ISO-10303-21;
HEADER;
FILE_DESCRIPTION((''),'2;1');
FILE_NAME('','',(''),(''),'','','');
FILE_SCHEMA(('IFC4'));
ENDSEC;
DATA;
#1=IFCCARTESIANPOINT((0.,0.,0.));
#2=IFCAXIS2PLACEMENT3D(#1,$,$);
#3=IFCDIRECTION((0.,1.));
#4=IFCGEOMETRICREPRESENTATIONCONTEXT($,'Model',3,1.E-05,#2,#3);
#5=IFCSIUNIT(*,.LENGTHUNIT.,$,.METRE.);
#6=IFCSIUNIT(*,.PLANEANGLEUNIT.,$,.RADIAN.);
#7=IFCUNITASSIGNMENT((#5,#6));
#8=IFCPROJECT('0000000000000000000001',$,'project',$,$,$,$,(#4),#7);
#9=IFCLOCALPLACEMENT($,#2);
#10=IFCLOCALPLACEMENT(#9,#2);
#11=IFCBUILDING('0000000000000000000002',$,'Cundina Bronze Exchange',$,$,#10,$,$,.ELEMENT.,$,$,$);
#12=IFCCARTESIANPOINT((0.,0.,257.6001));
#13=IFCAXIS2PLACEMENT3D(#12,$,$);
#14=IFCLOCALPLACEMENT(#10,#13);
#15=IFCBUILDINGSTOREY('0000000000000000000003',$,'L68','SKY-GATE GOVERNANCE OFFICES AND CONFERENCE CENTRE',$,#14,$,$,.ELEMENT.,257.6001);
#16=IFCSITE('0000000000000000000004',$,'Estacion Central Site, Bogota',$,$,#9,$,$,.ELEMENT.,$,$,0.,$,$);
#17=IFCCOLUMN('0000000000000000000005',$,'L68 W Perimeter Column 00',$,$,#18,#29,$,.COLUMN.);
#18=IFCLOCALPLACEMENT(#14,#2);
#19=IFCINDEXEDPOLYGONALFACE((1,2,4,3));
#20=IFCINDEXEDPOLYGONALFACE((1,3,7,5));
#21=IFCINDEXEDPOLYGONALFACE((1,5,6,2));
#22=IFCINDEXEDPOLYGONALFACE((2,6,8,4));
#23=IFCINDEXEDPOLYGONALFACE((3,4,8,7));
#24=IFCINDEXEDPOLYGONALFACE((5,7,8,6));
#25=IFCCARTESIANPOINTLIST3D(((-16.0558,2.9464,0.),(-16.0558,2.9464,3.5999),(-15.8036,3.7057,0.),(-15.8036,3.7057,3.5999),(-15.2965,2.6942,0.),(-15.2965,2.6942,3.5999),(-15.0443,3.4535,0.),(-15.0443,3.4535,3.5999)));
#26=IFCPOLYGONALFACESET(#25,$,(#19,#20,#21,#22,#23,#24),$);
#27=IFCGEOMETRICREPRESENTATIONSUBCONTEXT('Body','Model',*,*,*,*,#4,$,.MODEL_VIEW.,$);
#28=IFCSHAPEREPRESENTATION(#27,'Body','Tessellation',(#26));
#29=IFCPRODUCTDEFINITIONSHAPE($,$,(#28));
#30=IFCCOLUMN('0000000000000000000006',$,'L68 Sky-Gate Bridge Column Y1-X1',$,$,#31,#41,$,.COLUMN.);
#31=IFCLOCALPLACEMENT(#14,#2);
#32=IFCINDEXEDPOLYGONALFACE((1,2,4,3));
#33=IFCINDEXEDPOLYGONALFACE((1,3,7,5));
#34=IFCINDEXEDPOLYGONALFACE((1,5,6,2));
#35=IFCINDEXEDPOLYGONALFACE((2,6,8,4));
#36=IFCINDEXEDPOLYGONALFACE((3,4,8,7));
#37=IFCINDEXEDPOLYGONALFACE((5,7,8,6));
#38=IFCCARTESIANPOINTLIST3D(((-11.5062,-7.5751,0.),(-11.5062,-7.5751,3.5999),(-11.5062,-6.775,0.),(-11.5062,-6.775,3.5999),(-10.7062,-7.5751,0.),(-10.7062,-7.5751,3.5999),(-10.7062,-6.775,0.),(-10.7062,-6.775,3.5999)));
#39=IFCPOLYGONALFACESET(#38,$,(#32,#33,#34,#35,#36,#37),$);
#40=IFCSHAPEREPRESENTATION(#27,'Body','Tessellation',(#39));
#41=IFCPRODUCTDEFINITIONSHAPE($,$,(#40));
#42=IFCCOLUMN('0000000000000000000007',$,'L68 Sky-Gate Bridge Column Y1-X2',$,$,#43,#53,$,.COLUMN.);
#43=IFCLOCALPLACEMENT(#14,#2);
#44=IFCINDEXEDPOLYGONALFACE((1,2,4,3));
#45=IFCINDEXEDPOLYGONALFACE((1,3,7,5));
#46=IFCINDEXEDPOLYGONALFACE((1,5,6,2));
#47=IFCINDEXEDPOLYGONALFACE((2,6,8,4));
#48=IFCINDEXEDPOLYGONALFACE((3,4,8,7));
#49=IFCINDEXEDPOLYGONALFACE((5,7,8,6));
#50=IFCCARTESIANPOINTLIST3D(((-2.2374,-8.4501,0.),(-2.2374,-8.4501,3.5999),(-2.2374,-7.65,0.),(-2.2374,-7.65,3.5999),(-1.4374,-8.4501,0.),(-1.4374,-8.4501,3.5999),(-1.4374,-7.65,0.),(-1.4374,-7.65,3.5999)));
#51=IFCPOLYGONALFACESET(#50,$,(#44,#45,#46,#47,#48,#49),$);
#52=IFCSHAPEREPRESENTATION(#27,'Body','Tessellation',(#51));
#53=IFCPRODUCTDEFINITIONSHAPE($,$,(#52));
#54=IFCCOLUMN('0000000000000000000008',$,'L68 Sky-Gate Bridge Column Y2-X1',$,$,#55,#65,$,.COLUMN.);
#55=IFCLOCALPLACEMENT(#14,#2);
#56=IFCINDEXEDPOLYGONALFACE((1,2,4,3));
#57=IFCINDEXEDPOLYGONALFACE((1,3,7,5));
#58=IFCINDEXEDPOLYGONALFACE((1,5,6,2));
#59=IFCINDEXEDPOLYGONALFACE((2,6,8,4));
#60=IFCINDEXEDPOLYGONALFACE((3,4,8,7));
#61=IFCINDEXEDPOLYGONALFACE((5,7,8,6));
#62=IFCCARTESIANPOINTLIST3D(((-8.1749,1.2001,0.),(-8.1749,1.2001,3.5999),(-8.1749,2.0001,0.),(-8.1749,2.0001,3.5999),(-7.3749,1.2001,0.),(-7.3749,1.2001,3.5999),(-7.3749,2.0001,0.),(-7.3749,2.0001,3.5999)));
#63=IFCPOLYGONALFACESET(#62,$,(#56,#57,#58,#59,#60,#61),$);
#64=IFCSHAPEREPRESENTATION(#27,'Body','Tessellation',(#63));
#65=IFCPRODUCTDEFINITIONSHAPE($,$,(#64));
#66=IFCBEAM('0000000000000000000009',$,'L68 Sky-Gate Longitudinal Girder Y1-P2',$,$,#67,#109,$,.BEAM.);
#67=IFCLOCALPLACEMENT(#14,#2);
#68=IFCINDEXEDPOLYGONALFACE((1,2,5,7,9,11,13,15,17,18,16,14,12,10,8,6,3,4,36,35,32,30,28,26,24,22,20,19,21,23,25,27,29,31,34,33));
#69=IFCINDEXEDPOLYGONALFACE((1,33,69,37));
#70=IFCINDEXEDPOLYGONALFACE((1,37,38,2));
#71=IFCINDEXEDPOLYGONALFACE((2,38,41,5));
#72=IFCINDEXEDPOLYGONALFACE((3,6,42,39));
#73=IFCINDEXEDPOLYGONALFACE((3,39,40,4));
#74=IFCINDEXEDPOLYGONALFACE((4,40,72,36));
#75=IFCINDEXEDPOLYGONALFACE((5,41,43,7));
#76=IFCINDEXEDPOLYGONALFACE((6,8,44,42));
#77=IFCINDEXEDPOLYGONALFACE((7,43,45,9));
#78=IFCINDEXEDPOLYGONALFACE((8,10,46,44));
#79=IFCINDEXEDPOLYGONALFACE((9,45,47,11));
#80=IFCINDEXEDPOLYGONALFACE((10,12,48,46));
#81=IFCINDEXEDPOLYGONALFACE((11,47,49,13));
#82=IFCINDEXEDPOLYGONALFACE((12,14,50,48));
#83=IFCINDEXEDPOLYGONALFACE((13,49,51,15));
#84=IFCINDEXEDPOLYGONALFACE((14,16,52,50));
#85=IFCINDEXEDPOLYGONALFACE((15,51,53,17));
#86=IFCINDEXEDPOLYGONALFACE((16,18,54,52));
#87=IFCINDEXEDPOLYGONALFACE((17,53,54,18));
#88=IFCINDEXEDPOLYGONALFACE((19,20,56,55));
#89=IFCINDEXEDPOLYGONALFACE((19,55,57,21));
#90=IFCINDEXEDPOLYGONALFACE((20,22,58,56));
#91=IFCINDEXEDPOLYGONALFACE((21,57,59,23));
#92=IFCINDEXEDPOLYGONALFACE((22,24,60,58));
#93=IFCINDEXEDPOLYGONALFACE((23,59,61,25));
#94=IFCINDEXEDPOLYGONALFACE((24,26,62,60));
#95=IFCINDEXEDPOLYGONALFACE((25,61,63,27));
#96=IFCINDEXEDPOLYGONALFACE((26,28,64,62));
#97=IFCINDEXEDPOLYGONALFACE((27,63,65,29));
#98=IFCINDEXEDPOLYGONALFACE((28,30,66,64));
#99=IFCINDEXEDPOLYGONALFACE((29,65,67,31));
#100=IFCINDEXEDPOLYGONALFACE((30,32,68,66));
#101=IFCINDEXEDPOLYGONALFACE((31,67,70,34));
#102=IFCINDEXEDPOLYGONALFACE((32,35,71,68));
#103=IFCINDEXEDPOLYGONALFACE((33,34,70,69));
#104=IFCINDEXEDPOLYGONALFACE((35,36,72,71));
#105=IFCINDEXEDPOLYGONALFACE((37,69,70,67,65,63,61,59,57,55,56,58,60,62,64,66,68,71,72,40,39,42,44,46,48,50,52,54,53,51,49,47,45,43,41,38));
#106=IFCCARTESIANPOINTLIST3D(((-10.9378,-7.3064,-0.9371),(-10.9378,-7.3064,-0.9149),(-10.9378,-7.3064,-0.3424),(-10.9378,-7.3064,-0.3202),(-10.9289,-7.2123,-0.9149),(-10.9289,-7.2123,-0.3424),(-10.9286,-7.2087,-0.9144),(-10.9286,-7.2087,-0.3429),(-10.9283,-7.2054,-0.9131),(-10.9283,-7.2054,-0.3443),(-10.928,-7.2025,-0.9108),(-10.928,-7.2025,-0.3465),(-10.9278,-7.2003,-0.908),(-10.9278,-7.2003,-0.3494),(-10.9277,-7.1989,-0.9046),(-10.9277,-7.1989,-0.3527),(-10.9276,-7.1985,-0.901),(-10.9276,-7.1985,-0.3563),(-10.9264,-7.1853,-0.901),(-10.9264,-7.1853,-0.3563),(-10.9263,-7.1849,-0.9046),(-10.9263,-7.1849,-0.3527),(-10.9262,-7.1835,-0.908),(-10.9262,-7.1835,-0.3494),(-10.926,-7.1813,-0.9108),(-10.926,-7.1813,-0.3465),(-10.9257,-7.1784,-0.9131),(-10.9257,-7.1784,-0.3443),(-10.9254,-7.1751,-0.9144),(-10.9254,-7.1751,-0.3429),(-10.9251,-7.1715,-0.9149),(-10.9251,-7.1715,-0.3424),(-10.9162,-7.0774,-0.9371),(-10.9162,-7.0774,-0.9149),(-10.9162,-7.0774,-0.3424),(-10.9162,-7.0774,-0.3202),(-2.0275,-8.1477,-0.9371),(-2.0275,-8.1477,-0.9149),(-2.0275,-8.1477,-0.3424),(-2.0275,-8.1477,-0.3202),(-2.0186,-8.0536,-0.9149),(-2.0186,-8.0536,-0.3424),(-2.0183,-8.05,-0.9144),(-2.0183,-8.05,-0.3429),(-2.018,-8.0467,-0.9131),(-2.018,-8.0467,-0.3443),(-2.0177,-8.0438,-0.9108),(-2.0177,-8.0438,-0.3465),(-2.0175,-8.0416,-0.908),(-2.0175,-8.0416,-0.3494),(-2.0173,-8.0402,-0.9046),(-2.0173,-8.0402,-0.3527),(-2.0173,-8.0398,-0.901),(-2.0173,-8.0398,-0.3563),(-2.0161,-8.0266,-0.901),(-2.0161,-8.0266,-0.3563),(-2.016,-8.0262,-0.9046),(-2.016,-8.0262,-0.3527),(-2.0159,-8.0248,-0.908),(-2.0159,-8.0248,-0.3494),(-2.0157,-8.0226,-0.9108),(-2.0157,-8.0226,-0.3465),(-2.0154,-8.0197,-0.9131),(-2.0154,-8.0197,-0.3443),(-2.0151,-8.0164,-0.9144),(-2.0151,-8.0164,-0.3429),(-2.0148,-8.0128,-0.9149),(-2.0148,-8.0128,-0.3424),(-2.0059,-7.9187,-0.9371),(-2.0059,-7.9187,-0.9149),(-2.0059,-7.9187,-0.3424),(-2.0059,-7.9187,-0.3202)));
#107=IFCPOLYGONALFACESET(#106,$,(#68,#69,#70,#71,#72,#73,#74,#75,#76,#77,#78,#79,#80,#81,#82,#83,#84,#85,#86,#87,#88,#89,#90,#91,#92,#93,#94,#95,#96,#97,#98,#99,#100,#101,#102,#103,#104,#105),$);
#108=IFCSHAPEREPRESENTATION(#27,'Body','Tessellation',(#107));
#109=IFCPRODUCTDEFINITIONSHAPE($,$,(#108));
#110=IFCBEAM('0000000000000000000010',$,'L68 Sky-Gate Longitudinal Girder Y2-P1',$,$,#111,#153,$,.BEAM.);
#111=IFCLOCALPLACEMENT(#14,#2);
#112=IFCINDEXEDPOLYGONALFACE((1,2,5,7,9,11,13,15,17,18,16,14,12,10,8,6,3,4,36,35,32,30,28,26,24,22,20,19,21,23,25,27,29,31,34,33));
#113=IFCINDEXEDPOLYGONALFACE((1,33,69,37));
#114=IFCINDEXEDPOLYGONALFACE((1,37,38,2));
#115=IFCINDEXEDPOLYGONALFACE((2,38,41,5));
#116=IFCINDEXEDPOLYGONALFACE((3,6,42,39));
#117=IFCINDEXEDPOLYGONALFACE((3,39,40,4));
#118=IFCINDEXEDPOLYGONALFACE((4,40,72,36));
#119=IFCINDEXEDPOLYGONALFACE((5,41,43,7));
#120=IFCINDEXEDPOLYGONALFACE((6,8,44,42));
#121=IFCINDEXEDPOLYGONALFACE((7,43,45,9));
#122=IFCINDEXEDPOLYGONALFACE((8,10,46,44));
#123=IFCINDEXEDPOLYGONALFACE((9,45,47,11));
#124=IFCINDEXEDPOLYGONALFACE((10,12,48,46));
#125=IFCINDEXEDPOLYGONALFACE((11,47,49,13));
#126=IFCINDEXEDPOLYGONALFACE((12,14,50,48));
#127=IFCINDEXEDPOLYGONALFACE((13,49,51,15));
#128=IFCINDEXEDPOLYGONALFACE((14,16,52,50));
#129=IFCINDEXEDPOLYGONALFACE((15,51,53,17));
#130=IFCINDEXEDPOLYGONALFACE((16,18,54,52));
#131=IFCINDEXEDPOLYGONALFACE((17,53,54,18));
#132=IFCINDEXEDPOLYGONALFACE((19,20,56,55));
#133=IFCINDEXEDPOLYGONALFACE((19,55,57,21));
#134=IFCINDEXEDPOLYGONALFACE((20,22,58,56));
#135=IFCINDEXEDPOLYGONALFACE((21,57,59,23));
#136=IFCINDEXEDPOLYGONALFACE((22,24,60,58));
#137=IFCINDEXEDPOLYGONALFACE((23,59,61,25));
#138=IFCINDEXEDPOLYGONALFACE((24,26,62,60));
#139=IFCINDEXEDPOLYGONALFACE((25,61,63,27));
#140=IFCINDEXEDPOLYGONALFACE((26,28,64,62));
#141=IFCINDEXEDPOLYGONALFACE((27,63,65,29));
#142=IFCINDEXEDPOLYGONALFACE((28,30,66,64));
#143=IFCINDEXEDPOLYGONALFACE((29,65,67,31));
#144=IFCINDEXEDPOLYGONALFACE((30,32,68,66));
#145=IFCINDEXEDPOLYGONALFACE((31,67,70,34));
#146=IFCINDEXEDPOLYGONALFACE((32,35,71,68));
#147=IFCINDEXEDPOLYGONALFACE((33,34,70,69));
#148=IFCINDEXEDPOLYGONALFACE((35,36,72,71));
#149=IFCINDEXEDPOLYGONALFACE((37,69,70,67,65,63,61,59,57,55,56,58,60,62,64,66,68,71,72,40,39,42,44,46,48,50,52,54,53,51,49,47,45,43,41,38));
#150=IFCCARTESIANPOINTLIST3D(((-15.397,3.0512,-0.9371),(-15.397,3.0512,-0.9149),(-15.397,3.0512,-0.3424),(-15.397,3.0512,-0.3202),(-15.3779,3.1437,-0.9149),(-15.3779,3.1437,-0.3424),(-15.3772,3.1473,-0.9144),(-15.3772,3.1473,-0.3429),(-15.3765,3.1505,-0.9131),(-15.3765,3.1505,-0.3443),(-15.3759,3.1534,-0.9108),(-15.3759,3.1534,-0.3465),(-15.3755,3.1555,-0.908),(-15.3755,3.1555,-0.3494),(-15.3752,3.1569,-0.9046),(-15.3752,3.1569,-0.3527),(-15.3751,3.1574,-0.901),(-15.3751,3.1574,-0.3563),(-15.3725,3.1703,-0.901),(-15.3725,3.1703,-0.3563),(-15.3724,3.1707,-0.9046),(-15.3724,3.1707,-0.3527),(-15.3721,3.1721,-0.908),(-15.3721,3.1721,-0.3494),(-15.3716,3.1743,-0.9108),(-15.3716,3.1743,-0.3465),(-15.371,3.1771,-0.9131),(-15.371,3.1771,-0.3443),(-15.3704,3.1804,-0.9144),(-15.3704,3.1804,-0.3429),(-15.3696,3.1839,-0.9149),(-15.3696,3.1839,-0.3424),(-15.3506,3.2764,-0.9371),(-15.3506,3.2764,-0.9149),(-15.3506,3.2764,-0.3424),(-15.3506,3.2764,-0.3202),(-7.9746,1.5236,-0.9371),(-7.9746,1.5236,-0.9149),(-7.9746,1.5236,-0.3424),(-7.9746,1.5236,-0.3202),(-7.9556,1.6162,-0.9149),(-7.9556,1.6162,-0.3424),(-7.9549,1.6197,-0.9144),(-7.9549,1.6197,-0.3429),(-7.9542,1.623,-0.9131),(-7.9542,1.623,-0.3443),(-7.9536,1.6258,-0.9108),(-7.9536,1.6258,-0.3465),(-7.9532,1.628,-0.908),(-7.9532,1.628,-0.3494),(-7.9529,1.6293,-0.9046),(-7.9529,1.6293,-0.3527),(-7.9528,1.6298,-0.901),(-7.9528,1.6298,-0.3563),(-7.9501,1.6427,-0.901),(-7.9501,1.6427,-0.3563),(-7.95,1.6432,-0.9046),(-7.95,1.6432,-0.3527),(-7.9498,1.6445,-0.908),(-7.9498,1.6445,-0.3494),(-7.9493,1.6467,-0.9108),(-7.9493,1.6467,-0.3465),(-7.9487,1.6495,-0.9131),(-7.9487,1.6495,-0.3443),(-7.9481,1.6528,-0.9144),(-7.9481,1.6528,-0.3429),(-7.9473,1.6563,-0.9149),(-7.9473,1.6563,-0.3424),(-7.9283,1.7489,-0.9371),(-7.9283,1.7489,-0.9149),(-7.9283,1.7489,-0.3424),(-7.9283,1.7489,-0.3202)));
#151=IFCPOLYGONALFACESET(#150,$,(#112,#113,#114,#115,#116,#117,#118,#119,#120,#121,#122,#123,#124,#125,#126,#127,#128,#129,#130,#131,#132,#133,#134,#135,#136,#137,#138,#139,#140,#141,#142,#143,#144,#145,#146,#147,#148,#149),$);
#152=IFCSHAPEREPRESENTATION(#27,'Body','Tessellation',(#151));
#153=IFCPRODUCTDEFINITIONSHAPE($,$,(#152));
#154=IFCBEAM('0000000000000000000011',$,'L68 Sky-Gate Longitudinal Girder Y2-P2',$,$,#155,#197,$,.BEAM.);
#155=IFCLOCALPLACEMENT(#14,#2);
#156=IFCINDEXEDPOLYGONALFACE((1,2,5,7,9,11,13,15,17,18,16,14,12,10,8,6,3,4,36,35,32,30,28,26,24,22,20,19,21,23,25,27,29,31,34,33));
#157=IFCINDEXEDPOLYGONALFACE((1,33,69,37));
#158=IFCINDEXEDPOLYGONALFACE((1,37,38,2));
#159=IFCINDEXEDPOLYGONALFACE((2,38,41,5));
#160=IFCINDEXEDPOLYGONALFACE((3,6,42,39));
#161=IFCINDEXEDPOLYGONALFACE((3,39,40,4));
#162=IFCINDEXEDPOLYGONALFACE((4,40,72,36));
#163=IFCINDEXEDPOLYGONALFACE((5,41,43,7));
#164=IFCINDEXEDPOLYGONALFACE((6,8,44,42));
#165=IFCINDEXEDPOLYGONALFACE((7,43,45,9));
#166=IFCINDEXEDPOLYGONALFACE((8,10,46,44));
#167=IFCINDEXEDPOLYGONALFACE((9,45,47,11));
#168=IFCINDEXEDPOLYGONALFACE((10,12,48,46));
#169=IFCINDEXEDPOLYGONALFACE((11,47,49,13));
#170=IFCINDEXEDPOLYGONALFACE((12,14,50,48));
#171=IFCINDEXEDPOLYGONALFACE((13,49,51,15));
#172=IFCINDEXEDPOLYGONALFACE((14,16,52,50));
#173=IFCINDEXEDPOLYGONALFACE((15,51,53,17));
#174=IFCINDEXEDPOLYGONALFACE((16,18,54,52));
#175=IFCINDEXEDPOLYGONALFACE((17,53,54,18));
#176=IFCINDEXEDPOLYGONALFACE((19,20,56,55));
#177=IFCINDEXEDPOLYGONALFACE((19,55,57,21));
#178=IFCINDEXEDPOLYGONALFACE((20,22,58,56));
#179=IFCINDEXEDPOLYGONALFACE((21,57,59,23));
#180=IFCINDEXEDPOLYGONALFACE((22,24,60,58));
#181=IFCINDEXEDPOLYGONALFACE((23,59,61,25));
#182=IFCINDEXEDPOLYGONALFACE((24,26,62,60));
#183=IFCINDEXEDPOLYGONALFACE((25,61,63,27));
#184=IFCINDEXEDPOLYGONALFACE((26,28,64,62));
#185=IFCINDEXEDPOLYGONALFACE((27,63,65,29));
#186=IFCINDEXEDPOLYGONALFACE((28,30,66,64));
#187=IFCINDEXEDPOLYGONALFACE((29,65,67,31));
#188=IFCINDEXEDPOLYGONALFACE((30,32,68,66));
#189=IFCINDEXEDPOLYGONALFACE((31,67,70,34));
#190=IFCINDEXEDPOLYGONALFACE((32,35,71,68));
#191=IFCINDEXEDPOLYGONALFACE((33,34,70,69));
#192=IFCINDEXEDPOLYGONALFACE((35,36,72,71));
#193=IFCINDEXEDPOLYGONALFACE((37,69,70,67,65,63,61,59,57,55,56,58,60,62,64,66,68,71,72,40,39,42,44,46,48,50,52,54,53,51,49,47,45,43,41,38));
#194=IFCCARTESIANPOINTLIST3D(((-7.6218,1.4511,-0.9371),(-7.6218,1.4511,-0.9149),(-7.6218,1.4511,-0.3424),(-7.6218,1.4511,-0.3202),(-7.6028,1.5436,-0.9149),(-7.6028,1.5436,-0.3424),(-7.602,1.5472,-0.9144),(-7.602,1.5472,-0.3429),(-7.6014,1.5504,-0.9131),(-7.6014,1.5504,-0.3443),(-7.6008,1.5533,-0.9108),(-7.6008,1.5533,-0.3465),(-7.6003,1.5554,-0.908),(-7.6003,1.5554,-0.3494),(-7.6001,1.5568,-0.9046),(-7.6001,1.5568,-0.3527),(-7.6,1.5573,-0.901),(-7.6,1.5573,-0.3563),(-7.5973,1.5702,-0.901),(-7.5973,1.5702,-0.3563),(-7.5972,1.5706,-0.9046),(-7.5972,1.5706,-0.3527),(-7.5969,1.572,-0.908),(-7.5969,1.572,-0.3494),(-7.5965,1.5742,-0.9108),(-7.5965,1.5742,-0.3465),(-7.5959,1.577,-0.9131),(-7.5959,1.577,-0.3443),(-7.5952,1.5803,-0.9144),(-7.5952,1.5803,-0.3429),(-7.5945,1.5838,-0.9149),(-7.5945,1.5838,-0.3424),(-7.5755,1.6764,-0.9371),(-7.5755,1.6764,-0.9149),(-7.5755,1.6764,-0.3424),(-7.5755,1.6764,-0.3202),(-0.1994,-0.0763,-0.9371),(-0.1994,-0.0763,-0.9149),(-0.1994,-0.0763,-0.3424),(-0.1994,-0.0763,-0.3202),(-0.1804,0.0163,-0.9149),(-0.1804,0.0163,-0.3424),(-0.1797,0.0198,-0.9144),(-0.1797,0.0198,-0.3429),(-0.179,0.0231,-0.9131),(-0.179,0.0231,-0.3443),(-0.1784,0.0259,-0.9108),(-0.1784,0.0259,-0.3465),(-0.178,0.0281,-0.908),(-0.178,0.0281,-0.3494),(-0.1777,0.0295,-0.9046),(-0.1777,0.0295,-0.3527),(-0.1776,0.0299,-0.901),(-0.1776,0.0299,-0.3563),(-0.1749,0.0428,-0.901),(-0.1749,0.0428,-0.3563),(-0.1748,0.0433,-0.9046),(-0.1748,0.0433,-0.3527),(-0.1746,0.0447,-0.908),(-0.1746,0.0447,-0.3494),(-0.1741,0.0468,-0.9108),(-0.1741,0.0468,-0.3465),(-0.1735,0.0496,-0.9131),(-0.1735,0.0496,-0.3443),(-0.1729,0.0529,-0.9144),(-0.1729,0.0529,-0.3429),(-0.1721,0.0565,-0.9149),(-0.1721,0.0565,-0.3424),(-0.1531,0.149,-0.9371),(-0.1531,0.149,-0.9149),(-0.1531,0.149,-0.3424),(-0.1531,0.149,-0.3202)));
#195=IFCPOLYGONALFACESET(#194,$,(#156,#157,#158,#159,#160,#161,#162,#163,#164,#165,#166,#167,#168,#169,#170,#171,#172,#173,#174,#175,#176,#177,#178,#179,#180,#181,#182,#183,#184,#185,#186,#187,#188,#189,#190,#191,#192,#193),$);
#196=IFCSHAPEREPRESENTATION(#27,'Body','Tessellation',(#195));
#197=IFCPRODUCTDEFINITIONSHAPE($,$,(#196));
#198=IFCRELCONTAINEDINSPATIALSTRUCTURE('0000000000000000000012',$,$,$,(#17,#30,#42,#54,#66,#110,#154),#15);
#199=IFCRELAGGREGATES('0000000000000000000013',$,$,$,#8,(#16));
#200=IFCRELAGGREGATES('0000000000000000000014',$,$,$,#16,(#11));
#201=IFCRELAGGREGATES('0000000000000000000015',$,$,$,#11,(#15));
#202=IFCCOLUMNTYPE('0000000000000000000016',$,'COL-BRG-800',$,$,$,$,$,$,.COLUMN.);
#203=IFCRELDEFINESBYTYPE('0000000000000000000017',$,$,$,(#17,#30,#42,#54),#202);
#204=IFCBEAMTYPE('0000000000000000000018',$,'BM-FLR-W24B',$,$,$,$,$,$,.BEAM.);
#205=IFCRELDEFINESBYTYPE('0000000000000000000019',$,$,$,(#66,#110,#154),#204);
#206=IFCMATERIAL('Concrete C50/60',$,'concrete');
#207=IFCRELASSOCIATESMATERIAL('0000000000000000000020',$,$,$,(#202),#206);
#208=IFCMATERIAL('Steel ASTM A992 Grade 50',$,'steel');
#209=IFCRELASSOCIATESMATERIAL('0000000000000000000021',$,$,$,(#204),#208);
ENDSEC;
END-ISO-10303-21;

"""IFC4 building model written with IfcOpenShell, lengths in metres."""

from ifc_helpers import new_model, si_unit, direction, frame, origin, origin_2d, place, context, subcontext, project, spatial, rectangle, i_section, extrude, material, material_profile, profile_set, type_object, element, save


model = new_model("IFC4")

# Units and contexts
model_context = context("Model", 3, precision=1e-05, world=origin(), true_north=direction((0.0, 1.0)))
body_context = subcontext(model_context, "Body", "Model", "MODEL_VIEW")
ifc_project = project(units=[si_unit("LENGTHUNIT", "METRE"), si_unit("PLANEANGLEUNIT", "RADIAN")], contexts=[model_context])

# Site, building, storey
site_placement = place(None, origin())
site = spatial("IfcSite", under=ifc_project, at=site_placement, Name="Estacion Central Site, Bogota", CompositionType="ELEMENT", RefElevation=0.0)
building_placement = place(site_placement, origin())
building = spatial("IfcBuilding", under=site, at=building_placement, Name="Cundina Bronze Exchange", CompositionType="ELEMENT")
storey_placement = place(building_placement, frame((0.0, 0.0, 257.6001)))
storey = spatial("IfcBuildingStorey", under=building, at=storey_placement, Name="L68", Description="SKY-GATE GOVERNANCE OFFICES AND CONFERENCE CENTRE", CompositionType="ELEMENT", Elevation=257.6001)

# Columns
ifc_material_1 = material(Name="Concrete C50/60", Category="concrete")
ifc_material_profile_1 = material_profile(ifc_material_1, rectangle(XDim=0.8, YDim=0.8, at=origin_2d()), Name="RC800X800", Category="concrete")
ifc_profile_set_1 = profile_set([ifc_material_profile_1], Name="Concrete C50/60")
column_type = type_object("IfcColumnType", Name="COL-BRG-800", PredefinedType="COLUMN", material=ifc_profile_set_1)
for number, where, z_axis, x_axis, name in (
    (1, (-15.55, 3.2, 0.0), (0.0, 0.0, 1.0), (0.315152, 0.949041, 0.0), "L68 W Perimeter Column 00"),
    (2, (-11.1062, -7.175, 0.0), (0.0, 0.0, 1.0), (1.0, 0.0, 0.0), "L68 Sky-Gate Bridge Column Y1-X1"),
    (3, (-1.8374, -8.05, 0.0), (0.0, 0.0, 1.0), (1.0, 0.0, 0.0), "L68 Sky-Gate Bridge Column Y1-X2"),
    (4, (-7.7749, 1.6001, 0.0), (0.0, 0.0, 1.0), (1.0, 0.0, 0.0), "L68 Sky-Gate Bridge Column Y2-X1"),
):
    element("IfcColumn", number, at=place(storey_placement, frame(where, z_axis=z_axis, x_axis=x_axis)), inside=storey, type_object=column_type, Name=name, PredefinedType="COLUMN", context=body_context, shape_type="SweptSolid", body=[
        extrude(rectangle(XDim=0.8, YDim=0.8, at=origin_2d()), origin(), (0.0, 0.0, 1.0), 3.5999),
    ])

# Beams
ifc_material_2 = material(Name="Steel ASTM A992 Grade 50", Category="steel")
ifc_material_profile_2 = material_profile(ifc_material_2, i_section(OverallWidth=0.23, OverallDepth=0.6169, WebThickness=0.0132, FlangeThickness=0.0222, FilletRadius=0.0139, at=origin_2d()), Name="W24X94", Category="steel")
ifc_profile_set_2 = profile_set([ifc_material_profile_2], Name="Steel ASTM A992 Grade 50")
beam_type_1 = type_object("IfcBeamType", Name="BM-FLR-W24B", PredefinedType="BEAM", material=ifc_profile_set_2)
beam_1_placement = place(storey_placement, frame((-10.927, -7.1919, -0.6287), z_axis=(0.995572, -0.094001, 0.0), x_axis=(0.094001, 0.995572, 0.0)))
element("IfcBeam", 5, at=beam_1_placement, inside=storey, type_object=beam_type_1, Name="L68 Sky-Gate Longitudinal Girder Y1-P2", PredefinedType="BEAM", context=body_context, shape_type="SweptSolid", body=[
    extrude(i_section(OverallWidth=0.23, OverallDepth=0.6169, WebThickness=0.0132, FlangeThickness=0.0222, FilletRadius=0.0139, at=origin_2d()), origin(), (0.0, 0.0, 1.0), 8.95),
])
for number, where, z_axis, x_axis, name in (
    (6, (-15.3738, 3.1638, -0.6287), (0.979471, -0.201584, 0.0), (0.201584, 0.979471, 0.0), "L68 Sky-Gate Longitudinal Girder Y2-P1"),
    (7, (-7.5986, 1.5637, -0.6287), (0.979478, -0.201553, 0.0), (0.201553, 0.979478, 0.0), "L68 Sky-Gate Longitudinal Girder Y2-P2"),
):
    element("IfcBeam", number, at=place(storey_placement, frame(where, z_axis=z_axis, x_axis=x_axis)), inside=storey, type_object=beam_type_1, Name=name, PredefinedType="BEAM", context=body_context, shape_type="SweptSolid", body=[
        extrude(i_section(OverallWidth=0.23, OverallDepth=0.6169, WebThickness=0.0132, FlangeThickness=0.0222, FilletRadius=0.0139, at=origin_2d()), origin(), (0.0, 0.0, 1.0), 7.5779),
    ])

save(model, "model.ifc")
